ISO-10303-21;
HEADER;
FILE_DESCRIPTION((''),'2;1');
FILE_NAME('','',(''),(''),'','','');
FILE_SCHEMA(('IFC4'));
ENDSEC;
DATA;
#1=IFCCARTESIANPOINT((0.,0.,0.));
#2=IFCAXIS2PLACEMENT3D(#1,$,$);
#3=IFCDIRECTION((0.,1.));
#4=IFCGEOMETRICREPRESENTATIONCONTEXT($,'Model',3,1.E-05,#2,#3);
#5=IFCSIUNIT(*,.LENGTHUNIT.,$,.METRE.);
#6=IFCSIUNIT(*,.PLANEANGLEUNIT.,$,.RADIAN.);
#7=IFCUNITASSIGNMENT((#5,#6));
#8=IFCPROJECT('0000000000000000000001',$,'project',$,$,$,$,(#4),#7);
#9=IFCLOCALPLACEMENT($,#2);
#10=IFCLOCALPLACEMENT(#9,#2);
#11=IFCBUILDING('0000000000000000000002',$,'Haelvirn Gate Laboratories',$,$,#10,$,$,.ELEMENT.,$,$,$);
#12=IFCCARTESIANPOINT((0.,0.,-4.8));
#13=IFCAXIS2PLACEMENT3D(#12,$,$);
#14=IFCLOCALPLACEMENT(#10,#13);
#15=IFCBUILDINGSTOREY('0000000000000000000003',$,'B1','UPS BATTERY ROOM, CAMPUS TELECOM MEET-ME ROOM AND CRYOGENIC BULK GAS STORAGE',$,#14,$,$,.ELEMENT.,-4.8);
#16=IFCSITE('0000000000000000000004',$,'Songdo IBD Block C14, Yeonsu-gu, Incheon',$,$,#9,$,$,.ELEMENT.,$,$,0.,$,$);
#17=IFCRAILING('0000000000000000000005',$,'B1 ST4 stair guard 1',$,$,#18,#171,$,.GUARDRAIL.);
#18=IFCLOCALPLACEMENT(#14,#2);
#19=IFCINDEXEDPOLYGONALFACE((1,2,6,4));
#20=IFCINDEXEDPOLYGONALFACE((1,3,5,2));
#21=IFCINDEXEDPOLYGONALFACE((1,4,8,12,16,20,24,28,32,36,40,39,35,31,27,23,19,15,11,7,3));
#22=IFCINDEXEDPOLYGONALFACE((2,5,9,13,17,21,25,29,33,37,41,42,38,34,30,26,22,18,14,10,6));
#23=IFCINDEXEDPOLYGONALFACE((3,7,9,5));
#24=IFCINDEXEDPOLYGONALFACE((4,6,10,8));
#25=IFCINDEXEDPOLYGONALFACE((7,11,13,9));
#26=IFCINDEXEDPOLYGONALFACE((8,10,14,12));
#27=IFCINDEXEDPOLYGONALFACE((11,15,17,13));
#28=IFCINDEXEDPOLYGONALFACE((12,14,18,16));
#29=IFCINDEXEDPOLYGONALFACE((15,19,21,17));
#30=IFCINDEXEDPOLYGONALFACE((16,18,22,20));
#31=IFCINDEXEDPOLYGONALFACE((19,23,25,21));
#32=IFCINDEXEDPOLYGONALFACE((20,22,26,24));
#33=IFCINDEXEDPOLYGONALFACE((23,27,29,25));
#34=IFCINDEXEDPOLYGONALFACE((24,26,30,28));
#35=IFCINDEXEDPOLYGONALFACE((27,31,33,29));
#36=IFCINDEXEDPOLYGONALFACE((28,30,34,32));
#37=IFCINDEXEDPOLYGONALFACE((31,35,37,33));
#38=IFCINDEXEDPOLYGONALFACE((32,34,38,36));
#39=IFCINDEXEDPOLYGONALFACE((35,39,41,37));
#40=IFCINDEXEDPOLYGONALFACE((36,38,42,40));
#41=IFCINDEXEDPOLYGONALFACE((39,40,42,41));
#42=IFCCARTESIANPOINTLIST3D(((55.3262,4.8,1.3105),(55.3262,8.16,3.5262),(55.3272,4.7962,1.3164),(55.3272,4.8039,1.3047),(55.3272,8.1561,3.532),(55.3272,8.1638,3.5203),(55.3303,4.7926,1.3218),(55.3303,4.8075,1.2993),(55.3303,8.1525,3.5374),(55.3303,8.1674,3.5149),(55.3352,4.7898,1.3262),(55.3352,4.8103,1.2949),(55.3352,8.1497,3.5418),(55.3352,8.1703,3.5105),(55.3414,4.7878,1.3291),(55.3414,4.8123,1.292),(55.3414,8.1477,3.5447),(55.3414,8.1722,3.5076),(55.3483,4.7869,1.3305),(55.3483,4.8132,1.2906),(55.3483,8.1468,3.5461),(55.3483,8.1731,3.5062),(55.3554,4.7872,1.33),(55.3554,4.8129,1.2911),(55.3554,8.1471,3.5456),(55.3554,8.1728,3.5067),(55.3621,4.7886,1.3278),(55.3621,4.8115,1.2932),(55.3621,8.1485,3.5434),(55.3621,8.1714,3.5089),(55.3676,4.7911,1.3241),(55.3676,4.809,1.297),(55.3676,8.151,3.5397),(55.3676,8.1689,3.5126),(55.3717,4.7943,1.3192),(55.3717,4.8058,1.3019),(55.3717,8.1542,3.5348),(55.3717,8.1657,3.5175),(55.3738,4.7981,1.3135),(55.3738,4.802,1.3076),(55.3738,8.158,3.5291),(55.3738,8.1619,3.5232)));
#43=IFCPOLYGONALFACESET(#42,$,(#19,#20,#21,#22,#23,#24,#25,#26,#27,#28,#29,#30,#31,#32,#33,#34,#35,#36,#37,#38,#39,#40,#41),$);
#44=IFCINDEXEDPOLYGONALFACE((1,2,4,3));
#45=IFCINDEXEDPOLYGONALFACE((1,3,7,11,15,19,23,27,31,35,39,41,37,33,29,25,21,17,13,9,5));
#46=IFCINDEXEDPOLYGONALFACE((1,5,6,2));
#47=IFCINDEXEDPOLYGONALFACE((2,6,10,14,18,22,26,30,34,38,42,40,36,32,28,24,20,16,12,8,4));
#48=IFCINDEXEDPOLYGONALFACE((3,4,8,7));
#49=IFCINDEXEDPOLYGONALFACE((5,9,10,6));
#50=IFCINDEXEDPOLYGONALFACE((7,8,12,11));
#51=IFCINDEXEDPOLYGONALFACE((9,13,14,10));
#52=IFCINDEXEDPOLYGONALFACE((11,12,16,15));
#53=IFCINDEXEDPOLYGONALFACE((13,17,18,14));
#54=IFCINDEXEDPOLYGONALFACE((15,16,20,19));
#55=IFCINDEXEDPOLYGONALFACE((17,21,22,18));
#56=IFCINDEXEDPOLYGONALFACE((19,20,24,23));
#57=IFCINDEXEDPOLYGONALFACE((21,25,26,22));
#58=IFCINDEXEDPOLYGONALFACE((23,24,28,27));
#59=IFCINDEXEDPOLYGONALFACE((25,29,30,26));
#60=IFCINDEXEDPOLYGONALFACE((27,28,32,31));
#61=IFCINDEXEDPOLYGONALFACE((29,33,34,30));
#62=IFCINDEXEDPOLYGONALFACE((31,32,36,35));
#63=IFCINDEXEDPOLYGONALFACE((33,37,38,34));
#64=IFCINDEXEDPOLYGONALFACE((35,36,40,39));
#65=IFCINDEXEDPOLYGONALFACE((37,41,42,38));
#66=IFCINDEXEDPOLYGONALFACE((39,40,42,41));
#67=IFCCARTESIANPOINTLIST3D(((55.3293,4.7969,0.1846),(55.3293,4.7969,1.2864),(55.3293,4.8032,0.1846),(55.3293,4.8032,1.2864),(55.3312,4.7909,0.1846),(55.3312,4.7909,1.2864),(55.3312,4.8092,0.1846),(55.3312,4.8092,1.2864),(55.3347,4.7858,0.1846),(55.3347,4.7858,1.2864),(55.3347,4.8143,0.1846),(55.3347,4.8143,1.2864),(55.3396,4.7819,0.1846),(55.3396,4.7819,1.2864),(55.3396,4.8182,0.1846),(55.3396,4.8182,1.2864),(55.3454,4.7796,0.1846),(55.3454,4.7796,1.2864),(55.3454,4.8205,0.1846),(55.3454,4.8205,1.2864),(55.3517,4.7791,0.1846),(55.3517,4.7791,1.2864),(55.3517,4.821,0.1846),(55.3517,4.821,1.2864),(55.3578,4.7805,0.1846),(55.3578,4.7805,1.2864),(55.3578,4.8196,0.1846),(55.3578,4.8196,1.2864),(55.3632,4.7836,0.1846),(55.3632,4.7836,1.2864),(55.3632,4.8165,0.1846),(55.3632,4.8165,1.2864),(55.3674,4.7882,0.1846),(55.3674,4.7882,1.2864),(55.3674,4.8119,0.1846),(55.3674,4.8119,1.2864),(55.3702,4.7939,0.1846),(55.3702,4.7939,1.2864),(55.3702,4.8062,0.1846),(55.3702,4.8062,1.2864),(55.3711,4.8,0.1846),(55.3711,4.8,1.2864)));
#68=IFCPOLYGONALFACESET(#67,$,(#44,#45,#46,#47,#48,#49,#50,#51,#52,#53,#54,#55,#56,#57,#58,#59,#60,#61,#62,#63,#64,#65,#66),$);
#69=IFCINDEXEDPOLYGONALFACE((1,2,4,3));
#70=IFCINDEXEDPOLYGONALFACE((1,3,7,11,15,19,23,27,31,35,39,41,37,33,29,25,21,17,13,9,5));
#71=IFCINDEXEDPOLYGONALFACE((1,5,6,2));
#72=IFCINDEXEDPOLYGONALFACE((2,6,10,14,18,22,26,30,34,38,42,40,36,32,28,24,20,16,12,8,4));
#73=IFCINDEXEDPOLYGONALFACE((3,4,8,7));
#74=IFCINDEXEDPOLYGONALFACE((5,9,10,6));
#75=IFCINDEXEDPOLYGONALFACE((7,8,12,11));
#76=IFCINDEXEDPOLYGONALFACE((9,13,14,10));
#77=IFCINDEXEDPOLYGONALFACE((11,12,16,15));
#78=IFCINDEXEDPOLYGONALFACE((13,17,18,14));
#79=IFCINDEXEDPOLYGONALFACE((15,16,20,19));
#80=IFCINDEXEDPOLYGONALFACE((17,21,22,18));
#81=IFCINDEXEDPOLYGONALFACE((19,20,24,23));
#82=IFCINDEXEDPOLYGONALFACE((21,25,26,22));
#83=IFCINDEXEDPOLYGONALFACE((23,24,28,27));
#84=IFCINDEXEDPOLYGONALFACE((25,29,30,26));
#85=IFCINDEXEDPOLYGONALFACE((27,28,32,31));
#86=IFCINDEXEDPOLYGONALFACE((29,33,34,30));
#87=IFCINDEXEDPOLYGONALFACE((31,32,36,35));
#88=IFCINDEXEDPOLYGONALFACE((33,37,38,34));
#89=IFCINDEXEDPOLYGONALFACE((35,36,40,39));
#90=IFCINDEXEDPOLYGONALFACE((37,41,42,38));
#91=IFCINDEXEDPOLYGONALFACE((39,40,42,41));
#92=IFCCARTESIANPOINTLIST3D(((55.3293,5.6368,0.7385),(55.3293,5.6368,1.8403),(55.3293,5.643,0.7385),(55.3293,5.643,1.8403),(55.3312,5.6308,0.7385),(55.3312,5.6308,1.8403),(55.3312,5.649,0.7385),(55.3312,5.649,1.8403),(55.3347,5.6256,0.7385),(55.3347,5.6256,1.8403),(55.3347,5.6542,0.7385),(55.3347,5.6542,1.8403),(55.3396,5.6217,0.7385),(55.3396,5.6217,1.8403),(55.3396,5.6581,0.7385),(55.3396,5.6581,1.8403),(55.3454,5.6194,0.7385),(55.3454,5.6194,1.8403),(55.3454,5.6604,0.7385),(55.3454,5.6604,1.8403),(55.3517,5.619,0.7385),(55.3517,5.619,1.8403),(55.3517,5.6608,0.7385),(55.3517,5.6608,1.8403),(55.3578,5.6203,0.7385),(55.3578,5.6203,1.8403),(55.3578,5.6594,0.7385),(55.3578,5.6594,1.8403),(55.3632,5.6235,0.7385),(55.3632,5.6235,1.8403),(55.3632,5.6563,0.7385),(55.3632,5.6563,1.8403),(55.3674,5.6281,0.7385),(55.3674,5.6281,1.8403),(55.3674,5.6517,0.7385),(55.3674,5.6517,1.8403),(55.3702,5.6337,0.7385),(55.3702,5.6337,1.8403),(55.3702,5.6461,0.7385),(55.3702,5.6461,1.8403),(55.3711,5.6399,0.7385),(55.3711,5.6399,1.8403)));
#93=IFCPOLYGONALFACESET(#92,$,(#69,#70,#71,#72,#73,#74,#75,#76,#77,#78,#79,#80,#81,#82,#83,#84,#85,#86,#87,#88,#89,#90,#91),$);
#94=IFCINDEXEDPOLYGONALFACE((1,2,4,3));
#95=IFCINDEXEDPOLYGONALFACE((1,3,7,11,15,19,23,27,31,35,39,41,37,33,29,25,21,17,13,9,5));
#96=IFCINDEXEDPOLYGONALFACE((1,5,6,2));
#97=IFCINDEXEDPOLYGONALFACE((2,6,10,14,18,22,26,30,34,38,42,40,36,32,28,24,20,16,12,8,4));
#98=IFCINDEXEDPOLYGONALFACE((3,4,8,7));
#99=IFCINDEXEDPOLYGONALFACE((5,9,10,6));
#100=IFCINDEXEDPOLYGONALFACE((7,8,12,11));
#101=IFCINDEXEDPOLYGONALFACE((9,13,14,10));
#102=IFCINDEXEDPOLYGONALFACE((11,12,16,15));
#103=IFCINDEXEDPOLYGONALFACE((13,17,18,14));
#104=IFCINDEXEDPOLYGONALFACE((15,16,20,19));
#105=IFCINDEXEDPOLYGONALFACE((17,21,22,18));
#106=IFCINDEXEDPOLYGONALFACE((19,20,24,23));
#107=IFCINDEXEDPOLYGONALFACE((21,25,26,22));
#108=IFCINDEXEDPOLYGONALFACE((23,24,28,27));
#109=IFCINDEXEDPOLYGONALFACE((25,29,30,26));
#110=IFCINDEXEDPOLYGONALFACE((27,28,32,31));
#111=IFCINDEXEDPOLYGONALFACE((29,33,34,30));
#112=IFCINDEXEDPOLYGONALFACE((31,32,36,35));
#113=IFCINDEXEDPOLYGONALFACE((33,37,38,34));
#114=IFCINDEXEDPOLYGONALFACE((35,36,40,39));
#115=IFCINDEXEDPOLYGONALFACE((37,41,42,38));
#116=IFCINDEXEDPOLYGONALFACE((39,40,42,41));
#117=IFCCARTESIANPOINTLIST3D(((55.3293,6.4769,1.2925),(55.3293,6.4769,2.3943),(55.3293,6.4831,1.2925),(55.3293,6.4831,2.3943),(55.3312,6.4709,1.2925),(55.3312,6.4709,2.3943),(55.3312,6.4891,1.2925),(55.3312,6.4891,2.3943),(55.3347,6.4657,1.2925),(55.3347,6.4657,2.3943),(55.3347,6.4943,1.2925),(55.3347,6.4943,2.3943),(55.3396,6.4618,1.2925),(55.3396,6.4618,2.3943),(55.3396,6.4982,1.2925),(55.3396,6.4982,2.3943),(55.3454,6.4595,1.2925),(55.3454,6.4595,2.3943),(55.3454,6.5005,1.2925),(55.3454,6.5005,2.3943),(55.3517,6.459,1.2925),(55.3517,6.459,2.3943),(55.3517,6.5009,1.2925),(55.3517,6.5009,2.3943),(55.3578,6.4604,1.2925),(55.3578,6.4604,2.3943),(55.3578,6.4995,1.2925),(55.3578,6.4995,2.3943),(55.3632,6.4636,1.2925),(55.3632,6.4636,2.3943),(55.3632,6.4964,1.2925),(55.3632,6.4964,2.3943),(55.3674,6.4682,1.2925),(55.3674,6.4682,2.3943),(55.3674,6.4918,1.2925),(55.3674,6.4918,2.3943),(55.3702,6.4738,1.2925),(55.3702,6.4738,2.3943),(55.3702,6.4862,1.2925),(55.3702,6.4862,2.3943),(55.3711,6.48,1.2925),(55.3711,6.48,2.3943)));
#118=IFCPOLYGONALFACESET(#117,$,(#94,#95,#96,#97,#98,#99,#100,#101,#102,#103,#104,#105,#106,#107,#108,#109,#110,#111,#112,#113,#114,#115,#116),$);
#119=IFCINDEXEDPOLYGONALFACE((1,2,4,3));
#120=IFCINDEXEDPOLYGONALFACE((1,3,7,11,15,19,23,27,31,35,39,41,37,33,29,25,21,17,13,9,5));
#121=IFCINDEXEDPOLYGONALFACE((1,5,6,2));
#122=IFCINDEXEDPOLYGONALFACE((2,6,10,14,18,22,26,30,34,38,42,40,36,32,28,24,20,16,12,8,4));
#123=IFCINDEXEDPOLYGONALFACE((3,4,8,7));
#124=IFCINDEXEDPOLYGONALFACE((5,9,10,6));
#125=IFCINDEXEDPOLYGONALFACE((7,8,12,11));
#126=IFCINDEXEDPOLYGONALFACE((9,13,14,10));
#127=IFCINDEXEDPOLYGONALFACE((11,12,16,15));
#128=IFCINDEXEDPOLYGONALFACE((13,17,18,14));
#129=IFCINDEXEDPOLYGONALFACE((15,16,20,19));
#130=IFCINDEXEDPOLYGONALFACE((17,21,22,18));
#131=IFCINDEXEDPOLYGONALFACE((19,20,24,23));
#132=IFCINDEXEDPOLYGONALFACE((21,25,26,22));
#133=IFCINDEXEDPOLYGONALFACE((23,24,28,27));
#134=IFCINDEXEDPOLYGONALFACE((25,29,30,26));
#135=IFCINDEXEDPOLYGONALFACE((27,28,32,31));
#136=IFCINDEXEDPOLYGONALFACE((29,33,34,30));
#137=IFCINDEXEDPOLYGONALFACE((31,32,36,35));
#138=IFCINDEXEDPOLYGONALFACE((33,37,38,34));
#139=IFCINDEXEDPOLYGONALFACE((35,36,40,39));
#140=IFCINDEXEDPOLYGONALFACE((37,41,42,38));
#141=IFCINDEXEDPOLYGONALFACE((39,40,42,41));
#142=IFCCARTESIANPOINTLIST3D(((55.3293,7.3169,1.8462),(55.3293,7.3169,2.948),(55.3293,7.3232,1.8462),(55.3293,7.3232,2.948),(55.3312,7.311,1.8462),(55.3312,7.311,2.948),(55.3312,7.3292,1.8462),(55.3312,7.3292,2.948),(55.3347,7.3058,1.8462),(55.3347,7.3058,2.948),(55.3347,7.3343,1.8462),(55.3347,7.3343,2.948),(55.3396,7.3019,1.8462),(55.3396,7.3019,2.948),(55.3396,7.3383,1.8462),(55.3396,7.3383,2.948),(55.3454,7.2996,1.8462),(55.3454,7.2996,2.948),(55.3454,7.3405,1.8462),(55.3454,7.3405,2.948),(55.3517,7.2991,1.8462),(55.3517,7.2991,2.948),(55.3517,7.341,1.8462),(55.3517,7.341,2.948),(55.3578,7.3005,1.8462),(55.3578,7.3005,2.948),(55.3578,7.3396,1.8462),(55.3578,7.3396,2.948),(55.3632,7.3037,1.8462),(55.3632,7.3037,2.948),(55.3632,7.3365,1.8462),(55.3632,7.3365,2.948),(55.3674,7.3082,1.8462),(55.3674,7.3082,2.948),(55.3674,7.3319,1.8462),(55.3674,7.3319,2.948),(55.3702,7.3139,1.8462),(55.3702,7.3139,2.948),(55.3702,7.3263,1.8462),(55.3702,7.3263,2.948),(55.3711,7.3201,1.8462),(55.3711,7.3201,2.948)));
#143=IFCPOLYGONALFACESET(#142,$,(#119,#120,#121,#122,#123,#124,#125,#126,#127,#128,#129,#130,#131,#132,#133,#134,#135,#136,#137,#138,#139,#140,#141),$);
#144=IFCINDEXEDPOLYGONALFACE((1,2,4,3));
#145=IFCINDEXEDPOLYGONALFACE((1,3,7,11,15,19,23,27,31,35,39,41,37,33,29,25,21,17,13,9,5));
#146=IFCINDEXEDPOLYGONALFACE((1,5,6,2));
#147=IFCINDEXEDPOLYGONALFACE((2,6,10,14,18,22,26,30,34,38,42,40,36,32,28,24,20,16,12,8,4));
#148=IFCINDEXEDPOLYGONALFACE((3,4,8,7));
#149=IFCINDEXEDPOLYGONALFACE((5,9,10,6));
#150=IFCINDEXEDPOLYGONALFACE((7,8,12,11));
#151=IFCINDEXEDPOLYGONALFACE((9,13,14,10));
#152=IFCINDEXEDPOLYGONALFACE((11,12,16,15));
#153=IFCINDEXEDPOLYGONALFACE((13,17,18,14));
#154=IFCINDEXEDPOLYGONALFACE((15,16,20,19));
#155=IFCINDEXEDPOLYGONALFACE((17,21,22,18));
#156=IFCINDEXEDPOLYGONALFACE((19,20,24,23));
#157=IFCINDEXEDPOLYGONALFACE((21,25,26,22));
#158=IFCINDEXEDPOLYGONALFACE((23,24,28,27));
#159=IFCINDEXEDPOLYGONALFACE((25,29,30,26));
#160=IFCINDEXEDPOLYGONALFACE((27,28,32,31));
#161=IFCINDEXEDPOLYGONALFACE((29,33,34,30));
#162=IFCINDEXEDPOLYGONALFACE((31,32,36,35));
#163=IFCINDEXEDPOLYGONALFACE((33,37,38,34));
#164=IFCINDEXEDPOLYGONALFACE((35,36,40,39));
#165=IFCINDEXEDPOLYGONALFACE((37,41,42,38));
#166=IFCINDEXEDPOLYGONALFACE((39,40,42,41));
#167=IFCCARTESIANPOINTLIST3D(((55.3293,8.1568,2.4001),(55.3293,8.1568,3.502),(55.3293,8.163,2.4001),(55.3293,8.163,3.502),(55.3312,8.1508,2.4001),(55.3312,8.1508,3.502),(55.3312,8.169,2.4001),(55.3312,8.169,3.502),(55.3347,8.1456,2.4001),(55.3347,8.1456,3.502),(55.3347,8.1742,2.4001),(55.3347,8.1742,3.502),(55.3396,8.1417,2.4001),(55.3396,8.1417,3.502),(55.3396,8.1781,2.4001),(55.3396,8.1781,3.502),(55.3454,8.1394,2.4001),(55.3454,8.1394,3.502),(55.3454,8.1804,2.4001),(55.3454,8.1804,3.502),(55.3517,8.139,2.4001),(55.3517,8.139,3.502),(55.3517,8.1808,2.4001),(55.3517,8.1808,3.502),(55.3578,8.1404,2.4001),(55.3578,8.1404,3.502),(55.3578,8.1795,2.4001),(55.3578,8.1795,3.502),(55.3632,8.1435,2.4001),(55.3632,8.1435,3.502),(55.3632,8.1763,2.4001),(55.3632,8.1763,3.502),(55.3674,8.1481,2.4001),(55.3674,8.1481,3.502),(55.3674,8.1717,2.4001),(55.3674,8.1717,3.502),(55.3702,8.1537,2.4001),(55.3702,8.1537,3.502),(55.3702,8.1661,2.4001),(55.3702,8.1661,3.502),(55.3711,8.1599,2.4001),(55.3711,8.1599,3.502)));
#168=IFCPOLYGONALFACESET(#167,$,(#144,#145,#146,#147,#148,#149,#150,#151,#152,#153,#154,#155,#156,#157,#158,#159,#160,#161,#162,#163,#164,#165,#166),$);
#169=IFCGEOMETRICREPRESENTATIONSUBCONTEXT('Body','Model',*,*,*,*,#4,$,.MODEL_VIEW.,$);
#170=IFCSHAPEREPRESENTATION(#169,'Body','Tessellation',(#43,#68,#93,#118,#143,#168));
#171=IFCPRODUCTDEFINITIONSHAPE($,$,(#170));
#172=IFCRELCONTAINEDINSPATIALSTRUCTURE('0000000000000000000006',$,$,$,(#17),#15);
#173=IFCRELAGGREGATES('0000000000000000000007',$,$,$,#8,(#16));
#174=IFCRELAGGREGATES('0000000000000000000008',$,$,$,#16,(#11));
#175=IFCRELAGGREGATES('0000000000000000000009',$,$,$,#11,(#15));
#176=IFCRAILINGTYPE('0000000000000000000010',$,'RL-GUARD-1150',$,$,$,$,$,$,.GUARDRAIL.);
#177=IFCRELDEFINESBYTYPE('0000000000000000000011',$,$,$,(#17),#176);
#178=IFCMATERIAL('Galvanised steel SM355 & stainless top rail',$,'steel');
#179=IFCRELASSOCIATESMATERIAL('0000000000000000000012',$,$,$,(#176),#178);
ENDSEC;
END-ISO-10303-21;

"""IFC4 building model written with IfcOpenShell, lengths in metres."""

from ifc_helpers import new_model, si_unit, direction, frame, origin, origin_2d, place, context, subcontext, project, spatial, circle, extrude, source, transform, mapped, material, type_object, element, save


model = new_model("IFC4")

# Units and contexts
model_context = context("Model", 3, precision=1e-05, world=origin(), true_north=direction((0.0, 1.0)))
body_context = subcontext(model_context, "Body", "Model", "MODEL_VIEW")
ifc_project = project(units=[si_unit("LENGTHUNIT", "METRE"), si_unit("PLANEANGLEUNIT", "RADIAN")], contexts=[model_context])

# Site, building, storey
site_placement = place(None, origin())
site = spatial("IfcSite", under=ifc_project, at=site_placement, Name="Songdo IBD Block C14, Yeonsu-gu, Incheon", CompositionType="ELEMENT", RefElevation=0.0)
building_placement = place(site_placement, origin())
building = spatial("IfcBuilding", under=site, at=building_placement, Name="Haelvirn Gate Laboratories", CompositionType="ELEMENT")
storey_placement = place(building_placement, frame((0.0, 0.0, -4.8)))
storey = spatial("IfcBuildingStorey", under=building, at=storey_placement, Name="B1", Description="UPS BATTERY ROOM, CAMPUS TELECOM MEET-ME ROOM AND CRYOGENIC BULK GAS STORAGE", CompositionType="ELEMENT", Elevation=-4.8)

# Railing
ifc_material_1 = material(Name="Galvanised steel SM355 & stainless top rail", Category="steel")
railing_type_1 = type_object("IfcRailingType", Name="RL-GUARD-1150", PredefinedType="GUARDRAIL", material=ifc_material_1)
shared_shape_1 = source(origin(), body_context, "Body", "SweptSolid", [
    extrude(circle(Radius=0.0239, at=origin_2d()), frame((0.0, 0.0, 1.126), z_axis=(0.0, 0.83483, 0.550508), x_axis=(-1.0, 0.0, 0.0)), (0.0, 0.0, 1.0), 4.0247),
    extrude(circle(Radius=0.021, at=origin_2d()), origin(), (0.0, 0.0, 1.0), 1.1018),
    extrude(circle(Radius=0.021, at=origin_2d()), frame((0.0, 0.8398, 0.554)), (0.0, 0.0, 1.0), 1.1018),
    extrude(circle(Radius=0.021, at=origin_2d()), frame((0.0, 1.6799, 1.1079)), (0.0, 0.0, 1.0), 1.1018),
    extrude(circle(Radius=0.021, at=origin_2d()), frame((0.0, 2.52, 1.6616)), (0.0, 0.0, 1.0), 1.1018),
    extrude(circle(Radius=0.021, at=origin_2d()), frame((0.0, 3.3599, 2.2156)), (0.0, 0.0, 1.0), 1.1018),
])
railing_1_placement = place(storey_placement, frame((55.3501, 4.8, 0.1846)))
element("IfcRailing", 1, at=railing_1_placement, inside=storey, type_object=railing_type_1, Name="B1 ST4 stair guard 1", PredefinedType="GUARDRAIL", context=body_context, shape_type="MappedRepresentation", body=[
    mapped(shared_shape_1, transform((0.0, 0.0, 0.0), scale=1.0)),
])

save(model, "model.ifc")
